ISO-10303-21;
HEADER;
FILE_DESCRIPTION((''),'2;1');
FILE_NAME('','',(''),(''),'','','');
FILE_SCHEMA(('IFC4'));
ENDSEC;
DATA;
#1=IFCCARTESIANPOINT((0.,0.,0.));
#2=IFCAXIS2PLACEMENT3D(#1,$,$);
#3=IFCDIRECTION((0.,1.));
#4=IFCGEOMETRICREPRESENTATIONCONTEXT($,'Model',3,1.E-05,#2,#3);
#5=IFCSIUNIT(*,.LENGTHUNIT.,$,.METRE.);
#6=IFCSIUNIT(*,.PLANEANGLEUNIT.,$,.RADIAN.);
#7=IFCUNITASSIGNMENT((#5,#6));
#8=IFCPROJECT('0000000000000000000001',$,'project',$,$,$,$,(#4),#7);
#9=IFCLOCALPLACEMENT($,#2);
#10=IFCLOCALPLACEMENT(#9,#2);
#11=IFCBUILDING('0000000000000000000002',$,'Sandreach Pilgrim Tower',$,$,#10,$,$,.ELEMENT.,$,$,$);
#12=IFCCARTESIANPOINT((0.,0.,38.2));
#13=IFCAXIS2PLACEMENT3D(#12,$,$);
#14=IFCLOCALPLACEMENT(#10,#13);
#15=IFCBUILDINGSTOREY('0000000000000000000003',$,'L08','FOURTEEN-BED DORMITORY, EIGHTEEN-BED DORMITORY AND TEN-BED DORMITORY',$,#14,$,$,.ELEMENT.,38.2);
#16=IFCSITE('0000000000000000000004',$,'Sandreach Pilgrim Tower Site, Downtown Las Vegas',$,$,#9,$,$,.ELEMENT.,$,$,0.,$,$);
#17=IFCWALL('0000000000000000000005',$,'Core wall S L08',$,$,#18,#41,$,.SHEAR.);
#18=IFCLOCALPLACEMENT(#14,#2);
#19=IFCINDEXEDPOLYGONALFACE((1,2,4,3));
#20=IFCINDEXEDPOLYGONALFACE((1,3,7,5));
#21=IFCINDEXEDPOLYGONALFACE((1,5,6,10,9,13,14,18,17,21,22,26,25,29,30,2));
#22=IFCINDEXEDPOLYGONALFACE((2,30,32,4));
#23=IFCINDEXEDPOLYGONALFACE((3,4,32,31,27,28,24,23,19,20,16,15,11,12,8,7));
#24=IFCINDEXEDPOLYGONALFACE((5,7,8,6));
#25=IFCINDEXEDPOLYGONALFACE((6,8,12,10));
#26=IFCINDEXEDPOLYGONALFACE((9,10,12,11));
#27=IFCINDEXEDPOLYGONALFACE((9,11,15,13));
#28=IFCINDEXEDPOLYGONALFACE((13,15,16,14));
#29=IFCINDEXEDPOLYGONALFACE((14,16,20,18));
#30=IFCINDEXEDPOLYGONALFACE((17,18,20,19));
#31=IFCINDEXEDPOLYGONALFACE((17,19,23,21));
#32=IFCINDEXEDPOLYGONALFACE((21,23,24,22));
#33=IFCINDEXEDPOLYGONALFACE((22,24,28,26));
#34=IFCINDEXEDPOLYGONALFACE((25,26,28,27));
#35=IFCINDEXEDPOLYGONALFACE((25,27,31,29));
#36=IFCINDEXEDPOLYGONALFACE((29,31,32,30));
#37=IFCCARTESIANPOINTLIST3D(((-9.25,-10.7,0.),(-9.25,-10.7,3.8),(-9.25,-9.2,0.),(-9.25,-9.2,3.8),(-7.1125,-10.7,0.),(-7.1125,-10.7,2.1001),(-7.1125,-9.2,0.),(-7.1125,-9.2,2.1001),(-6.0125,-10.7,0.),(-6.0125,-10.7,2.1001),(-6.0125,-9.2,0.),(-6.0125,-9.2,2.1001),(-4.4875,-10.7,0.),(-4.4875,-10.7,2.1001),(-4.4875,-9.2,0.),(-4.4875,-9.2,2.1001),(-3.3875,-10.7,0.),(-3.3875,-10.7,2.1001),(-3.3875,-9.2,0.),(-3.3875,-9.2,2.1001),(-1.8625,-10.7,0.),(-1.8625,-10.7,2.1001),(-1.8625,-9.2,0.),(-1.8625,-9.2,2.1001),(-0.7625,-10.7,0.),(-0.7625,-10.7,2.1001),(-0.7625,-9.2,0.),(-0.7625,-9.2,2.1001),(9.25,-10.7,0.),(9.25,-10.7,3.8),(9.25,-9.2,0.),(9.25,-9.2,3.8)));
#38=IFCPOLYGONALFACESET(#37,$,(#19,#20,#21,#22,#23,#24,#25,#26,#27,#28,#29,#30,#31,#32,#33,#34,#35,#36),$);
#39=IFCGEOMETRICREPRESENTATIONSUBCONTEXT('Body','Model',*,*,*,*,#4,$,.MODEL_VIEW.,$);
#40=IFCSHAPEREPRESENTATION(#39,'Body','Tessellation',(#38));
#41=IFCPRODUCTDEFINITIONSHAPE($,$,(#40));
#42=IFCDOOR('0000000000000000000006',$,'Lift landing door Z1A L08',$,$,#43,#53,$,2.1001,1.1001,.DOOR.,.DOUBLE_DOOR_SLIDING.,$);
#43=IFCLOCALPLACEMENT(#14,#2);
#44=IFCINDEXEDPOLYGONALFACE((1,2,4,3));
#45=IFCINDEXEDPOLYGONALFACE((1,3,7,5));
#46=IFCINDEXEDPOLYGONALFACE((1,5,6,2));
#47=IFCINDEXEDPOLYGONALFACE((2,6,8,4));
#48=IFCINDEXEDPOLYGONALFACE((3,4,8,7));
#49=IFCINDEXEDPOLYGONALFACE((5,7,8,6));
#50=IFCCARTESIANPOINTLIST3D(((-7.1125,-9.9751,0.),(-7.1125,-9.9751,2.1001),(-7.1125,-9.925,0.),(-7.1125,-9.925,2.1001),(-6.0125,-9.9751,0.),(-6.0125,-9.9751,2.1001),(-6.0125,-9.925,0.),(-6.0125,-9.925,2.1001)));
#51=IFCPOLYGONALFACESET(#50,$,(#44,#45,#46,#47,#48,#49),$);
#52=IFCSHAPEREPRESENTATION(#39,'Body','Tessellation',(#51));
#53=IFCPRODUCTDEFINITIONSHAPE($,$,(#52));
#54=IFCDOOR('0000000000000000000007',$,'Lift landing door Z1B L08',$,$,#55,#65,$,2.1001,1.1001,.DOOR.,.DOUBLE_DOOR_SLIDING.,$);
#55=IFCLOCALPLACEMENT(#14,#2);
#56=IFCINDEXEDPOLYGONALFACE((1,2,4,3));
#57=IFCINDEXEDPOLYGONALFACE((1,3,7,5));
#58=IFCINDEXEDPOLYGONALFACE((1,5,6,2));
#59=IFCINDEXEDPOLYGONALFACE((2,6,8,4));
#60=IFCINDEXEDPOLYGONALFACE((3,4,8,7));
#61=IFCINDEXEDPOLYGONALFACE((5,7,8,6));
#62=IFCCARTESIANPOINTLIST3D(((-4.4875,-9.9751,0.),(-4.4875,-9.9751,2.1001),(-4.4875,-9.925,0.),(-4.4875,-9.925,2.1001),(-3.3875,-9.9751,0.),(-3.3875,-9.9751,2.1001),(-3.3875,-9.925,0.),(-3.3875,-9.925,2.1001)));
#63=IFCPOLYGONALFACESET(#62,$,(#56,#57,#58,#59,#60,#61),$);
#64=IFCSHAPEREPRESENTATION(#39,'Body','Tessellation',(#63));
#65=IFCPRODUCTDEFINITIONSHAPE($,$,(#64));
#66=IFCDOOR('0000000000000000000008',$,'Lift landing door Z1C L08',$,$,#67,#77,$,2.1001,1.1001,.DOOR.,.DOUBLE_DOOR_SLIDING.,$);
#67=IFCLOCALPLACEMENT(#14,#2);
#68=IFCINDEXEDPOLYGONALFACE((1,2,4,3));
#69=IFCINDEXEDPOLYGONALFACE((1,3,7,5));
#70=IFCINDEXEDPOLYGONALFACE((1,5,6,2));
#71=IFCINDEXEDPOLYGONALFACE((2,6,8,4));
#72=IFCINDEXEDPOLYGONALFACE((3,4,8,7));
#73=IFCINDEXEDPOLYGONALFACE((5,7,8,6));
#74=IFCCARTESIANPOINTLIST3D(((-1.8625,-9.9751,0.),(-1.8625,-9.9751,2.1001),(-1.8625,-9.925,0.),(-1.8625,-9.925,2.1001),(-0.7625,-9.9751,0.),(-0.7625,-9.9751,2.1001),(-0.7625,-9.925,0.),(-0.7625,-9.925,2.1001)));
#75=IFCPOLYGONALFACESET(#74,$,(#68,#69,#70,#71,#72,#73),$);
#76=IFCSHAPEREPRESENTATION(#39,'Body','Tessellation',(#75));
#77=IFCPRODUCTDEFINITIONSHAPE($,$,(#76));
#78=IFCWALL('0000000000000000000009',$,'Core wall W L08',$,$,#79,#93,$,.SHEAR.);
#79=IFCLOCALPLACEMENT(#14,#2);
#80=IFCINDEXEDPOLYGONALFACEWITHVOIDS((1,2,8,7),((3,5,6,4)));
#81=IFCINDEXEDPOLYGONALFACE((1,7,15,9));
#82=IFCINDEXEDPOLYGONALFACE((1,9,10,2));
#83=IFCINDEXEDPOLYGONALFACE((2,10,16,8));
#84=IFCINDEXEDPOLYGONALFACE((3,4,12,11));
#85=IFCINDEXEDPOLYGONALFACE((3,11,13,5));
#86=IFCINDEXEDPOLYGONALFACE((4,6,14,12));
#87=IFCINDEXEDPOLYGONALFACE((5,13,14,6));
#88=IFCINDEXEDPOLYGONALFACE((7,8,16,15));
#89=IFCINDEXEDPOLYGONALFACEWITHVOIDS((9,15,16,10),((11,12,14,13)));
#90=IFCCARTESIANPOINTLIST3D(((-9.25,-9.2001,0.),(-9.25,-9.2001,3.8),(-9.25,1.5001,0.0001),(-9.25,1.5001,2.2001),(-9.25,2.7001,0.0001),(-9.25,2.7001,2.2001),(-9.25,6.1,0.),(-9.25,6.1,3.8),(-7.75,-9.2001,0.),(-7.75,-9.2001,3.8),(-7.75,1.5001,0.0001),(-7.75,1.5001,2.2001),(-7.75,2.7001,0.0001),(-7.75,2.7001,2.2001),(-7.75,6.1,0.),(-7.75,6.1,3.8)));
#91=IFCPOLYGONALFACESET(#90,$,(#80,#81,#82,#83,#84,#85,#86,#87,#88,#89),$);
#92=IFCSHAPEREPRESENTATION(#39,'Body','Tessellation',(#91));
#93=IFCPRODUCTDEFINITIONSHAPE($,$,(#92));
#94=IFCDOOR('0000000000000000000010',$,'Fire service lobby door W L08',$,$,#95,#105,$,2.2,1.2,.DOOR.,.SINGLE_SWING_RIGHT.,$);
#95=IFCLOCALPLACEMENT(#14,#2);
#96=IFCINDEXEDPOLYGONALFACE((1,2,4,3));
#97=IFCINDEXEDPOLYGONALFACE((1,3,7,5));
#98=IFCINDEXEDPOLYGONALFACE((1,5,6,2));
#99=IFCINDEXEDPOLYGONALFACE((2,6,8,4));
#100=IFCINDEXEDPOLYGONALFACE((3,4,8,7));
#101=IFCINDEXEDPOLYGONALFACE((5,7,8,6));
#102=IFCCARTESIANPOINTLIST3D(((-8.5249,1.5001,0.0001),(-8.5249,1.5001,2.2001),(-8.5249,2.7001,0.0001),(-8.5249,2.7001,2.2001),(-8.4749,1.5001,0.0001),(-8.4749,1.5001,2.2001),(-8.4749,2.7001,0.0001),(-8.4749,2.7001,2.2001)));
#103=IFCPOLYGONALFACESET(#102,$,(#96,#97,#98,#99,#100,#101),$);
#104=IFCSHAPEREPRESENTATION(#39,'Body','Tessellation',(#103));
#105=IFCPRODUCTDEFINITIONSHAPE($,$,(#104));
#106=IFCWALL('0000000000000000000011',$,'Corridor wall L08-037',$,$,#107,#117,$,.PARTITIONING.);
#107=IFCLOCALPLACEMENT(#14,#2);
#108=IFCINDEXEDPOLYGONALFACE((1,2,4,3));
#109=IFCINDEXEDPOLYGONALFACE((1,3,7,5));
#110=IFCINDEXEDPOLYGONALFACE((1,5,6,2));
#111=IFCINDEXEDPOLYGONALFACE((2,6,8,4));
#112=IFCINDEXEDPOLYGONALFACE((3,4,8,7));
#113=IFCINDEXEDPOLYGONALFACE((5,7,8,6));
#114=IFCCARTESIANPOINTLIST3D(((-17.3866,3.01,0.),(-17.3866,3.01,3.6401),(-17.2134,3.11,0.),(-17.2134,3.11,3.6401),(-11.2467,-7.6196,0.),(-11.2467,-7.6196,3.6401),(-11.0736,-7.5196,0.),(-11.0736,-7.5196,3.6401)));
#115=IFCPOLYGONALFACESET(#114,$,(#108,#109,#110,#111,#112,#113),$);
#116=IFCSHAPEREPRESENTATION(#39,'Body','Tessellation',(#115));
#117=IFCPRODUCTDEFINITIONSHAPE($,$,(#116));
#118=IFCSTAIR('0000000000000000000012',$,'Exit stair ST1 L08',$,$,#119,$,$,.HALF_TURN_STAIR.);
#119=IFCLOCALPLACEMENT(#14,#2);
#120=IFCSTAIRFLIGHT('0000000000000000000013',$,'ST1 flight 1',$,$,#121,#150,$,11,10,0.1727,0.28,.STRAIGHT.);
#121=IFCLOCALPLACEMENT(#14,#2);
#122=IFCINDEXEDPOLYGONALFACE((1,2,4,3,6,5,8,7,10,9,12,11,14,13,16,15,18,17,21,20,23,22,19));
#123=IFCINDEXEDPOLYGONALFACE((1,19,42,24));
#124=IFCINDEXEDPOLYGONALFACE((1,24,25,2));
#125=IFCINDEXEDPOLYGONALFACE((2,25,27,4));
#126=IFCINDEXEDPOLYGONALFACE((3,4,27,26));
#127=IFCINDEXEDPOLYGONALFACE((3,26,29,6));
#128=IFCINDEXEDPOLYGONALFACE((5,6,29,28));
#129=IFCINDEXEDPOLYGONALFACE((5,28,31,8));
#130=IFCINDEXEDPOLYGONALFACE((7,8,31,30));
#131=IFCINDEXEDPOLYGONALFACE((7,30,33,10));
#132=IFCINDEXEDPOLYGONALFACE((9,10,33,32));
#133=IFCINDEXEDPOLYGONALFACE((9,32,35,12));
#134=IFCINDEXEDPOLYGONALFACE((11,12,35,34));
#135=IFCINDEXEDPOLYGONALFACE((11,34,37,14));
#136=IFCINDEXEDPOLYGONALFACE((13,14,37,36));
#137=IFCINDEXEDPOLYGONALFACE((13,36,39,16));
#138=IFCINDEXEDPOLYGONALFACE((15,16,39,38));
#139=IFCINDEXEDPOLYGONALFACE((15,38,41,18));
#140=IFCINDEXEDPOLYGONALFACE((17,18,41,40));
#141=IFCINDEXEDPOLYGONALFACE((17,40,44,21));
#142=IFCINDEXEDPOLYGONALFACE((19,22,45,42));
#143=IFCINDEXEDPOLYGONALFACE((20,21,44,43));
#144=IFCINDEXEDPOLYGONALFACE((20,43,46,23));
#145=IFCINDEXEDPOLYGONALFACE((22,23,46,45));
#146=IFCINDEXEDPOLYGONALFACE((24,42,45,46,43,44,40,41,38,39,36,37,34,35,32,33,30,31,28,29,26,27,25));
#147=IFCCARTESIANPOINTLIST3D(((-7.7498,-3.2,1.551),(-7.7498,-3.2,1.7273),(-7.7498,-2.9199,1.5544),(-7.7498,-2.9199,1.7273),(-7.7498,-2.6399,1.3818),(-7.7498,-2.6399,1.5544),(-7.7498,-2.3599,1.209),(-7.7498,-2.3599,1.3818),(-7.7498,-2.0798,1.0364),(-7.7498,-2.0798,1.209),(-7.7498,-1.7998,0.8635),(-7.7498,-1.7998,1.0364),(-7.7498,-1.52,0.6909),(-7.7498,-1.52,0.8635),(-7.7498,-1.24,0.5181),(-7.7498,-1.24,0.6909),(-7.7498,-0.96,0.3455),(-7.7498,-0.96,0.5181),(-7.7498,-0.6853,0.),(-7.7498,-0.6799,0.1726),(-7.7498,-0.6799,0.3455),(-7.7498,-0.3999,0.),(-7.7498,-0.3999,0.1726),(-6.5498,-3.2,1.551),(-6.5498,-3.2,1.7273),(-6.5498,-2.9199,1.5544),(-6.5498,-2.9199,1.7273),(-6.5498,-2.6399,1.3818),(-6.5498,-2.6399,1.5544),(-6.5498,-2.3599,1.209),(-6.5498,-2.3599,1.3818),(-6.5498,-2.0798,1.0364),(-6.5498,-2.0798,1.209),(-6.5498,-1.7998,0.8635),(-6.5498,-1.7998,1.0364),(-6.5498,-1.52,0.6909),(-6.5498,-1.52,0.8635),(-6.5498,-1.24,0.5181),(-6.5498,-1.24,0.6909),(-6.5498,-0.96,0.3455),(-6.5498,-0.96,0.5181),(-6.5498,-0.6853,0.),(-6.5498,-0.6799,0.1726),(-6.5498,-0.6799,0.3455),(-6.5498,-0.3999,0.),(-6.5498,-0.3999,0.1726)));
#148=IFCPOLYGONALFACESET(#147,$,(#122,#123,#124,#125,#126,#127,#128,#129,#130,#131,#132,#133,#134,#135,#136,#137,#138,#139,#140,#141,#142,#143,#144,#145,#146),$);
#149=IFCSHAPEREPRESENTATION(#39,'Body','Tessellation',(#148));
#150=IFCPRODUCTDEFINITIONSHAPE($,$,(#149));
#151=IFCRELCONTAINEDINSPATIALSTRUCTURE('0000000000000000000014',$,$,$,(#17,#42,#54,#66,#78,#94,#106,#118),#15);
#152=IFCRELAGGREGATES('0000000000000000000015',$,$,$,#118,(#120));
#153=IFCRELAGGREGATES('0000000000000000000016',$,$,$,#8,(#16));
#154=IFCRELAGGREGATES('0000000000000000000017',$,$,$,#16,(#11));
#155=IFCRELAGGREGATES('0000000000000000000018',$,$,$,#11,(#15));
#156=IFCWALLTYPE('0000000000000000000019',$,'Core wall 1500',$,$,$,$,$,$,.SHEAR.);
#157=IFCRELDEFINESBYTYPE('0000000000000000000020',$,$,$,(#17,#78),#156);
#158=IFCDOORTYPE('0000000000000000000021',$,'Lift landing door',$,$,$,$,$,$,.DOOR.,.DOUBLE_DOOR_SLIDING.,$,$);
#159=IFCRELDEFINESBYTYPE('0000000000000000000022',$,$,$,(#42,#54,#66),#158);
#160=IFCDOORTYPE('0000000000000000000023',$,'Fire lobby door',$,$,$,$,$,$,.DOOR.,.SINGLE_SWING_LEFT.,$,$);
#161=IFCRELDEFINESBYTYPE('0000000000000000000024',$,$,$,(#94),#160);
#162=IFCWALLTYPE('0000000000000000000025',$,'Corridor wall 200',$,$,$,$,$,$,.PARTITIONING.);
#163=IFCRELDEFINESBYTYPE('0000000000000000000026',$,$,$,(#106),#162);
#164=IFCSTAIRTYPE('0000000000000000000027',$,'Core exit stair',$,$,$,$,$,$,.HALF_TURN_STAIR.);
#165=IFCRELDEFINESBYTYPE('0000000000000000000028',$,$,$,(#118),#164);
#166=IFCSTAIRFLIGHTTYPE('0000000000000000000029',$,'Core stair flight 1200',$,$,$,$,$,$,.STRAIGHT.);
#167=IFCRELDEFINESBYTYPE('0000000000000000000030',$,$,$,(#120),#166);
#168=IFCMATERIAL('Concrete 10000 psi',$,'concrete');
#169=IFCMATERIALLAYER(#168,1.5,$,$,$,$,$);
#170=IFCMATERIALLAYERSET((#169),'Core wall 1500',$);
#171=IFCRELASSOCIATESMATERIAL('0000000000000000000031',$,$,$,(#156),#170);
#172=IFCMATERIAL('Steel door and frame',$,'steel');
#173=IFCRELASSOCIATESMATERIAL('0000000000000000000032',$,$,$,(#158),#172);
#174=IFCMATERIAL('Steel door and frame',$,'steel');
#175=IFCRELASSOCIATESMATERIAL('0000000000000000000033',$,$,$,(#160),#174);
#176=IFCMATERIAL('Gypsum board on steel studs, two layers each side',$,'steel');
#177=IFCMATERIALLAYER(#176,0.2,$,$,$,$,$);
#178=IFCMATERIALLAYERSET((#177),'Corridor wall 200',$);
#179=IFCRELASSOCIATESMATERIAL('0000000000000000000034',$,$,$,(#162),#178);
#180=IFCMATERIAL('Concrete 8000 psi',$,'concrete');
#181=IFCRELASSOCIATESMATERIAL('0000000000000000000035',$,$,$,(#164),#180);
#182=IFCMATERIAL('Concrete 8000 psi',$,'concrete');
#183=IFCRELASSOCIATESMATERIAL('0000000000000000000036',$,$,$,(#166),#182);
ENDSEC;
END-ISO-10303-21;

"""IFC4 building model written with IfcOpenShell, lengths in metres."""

from ifc_helpers import new_model, si_unit, direction, frame, frame_2d, origin, place, context, subcontext, project, spatial, polyline, rectangle, outline, extrude, material, layer, layer_set, type_object, element, fill, aggregate, save


model = new_model("IFC4")

# Units and contexts
model_context = context("Model", 3, precision=1e-05, world=origin(), true_north=direction((0.0, 1.0)))
body_context = subcontext(model_context, "Body", "Model", "MODEL_VIEW")
ifc_project = project(units=[si_unit("LENGTHUNIT", "METRE"), si_unit("PLANEANGLEUNIT", "RADIAN")], contexts=[model_context])

# Site, building, storey
site_placement = place(None, origin())
site = spatial("IfcSite", under=ifc_project, at=site_placement, Name="Sandreach Pilgrim Tower Site, Downtown Las Vegas", CompositionType="ELEMENT", RefElevation=0.0)
building_placement = place(site_placement, origin())
building = spatial("IfcBuilding", under=site, at=building_placement, Name="Sandreach Pilgrim Tower", CompositionType="ELEMENT")
storey_placement = place(building_placement, frame((0.0, 0.0, 38.2)))
storey = spatial("IfcBuildingStorey", under=building, at=storey_placement, Name="L08", Description="FOURTEEN-BED DORMITORY, EIGHTEEN-BED DORMITORY AND TEN-BED DORMITORY", CompositionType="ELEMENT", Elevation=38.2)

# Wall, openings, doors
ifc_material_1 = material(Name="Concrete 10000 psi", Category="concrete")
ifc_layer_1 = layer(ifc_material_1, 1.5)
ifc_layer_set_1 = layer_set([ifc_layer_1], Name="Core wall 1500")
wall_type_1 = type_object("IfcWallType", Name="Core wall 1500", PredefinedType="SHEAR", material=ifc_layer_set_1)
wall_1_placement = place(storey_placement, frame((-9.25, -9.95, 0.0), z_axis=(0.0, 0.0, 1.0), x_axis=(1.0, 0.0, 0.0)))
wall_1 = element("IfcWall", 1, at=wall_1_placement, inside=storey, type_object=wall_type_1, Name="Core wall S L08", PredefinedType="SHEAR", context=body_context, shape_type="SweptSolid", body=[
    extrude(rectangle(XDim=18.5, YDim=1.5, at=frame_2d((9.25, 0.0))), origin(), (0.0, 0.0, 1.0), 3.8),
])
opening_1_placement = place(wall_1_placement, frame((2.1375, 0.0, 0.0)))
opening_1 = element("IfcOpeningElement", 2, at=opening_1_placement, cuts=wall_1, PredefinedType="OPENING", context=body_context, shape_type="SweptSolid", body=[
    extrude(rectangle(XDim=1.1001, YDim=2.1001, at=frame_2d((0.55, 1.05))), frame((0.0, 0.75, 0.0), z_axis=(0.0, -1.0, 0.0), x_axis=(1.0, 0.0, 0.0)), (0.0, 0.0, 1.0), 1.5),
])
opening_2_placement = place(wall_1_placement, frame((4.7625, 0.0, 0.0)))
opening_2 = element("IfcOpeningElement", 3, at=opening_2_placement, cuts=wall_1, PredefinedType="OPENING", context=body_context, shape_type="SweptSolid", body=[
    extrude(rectangle(XDim=1.1001, YDim=2.1001, at=frame_2d((0.55, 1.05))), frame((0.0, 0.75, 0.0), z_axis=(0.0, -1.0, 0.0), x_axis=(1.0, 0.0, 0.0)), (0.0, 0.0, 1.0), 1.5),
])
opening_3_placement = place(wall_1_placement, frame((7.3875, 0.0, 0.0)))
opening_3 = element("IfcOpeningElement", 4, at=opening_3_placement, cuts=wall_1, PredefinedType="OPENING", context=body_context, shape_type="SweptSolid", body=[
    extrude(rectangle(XDim=1.1001, YDim=2.1001, at=frame_2d((0.55, 1.05))), frame((0.0, 0.75, 0.0), z_axis=(0.0, -1.0, 0.0), x_axis=(1.0, 0.0, 0.0)), (0.0, 0.0, 1.0), 1.5),
])
ifc_material_2 = material(Name="Steel door and frame", Category="steel")
door_type_1 = type_object("IfcDoorType", Name="Lift landing door", OperationType="DOUBLE_DOOR_SLIDING", PredefinedType="DOOR", material=ifc_material_2)
door_1_placement = place(opening_1_placement, origin())
door_1 = element("IfcDoor", 5, at=door_1_placement, inside=storey, type_object=door_type_1, Name="Lift landing door Z1A L08", OperationType="DOUBLE_DOOR_SLIDING", OverallHeight=2.1001, OverallWidth=1.1001, PredefinedType="DOOR", context=body_context, shape_type="SweptSolid", body=[
    extrude(rectangle(XDim=1.1001, YDim=2.1001, at=frame_2d((0.55, 1.05))), frame((0.0, 0.0249, 0.0), z_axis=(0.0, -1.0, 0.0), x_axis=(1.0, 0.0, 0.0)), (0.0, 0.0, 1.0), 0.05),
])
fill(opening_1, door_1)
door_2_placement = place(opening_2_placement, origin())
door_2 = element("IfcDoor", 6, at=door_2_placement, inside=storey, type_object=door_type_1, Name="Lift landing door Z1B L08", OperationType="DOUBLE_DOOR_SLIDING", OverallHeight=2.1001, OverallWidth=1.1001, PredefinedType="DOOR", context=body_context, shape_type="SweptSolid", body=[
    extrude(rectangle(XDim=1.1001, YDim=2.1001, at=frame_2d((0.55, 1.05))), frame((0.0, 0.0249, 0.0), z_axis=(0.0, -1.0, 0.0), x_axis=(1.0, 0.0, 0.0)), (0.0, 0.0, 1.0), 0.05),
])
fill(opening_2, door_2)
door_3_placement = place(opening_3_placement, origin())
door_3 = element("IfcDoor", 7, at=door_3_placement, inside=storey, type_object=door_type_1, Name="Lift landing door Z1C L08", OperationType="DOUBLE_DOOR_SLIDING", OverallHeight=2.1001, OverallWidth=1.1001, PredefinedType="DOOR", context=body_context, shape_type="SweptSolid", body=[
    extrude(rectangle(XDim=1.1001, YDim=2.1001, at=frame_2d((0.55, 1.05))), frame((0.0, 0.0249, 0.0), z_axis=(0.0, -1.0, 0.0), x_axis=(1.0, 0.0, 0.0)), (0.0, 0.0, 1.0), 0.05),
])
fill(opening_3, door_3)

# Wall, opening, door
wall_2_placement = place(storey_placement, frame((-8.5, -9.2, 0.0), z_axis=(0.0, 0.0, 1.0), x_axis=(0.0, 1.0, 0.0)))
wall_2 = element("IfcWall", 8, at=wall_2_placement, inside=storey, type_object=wall_type_1, Name="Core wall W L08", PredefinedType="SHEAR", context=body_context, shape_type="SweptSolid", body=[
    extrude(rectangle(XDim=15.3, YDim=1.5, at=frame_2d((7.6499, 0.0))), origin(), (0.0, 0.0, 1.0), 3.8),
])
opening_4_placement = place(wall_2_placement, frame((10.7, 0.0, 0.0)))
opening_4 = element("IfcOpeningElement", 9, at=opening_4_placement, cuts=wall_2, PredefinedType="OPENING", context=body_context, shape_type="SweptSolid", body=[
    extrude(rectangle(XDim=1.2, YDim=2.2, at=frame_2d((0.6001, 1.1001))), frame((0.0, 0.75, 0.0), z_axis=(0.0, -1.0, 0.0), x_axis=(1.0, 0.0, 0.0)), (0.0, 0.0, 1.0), 1.5),
])
ifc_material_3 = material(Name="Steel door and frame", Category="steel")
door_type_2 = type_object("IfcDoorType", Name="Fire lobby door", OperationType="SINGLE_SWING_LEFT", PredefinedType="DOOR", material=ifc_material_3)
door_4_placement = place(opening_4_placement, origin())
door_4 = element("IfcDoor", 10, at=door_4_placement, inside=storey, type_object=door_type_2, Name="Fire service lobby door W L08", OperationType="SINGLE_SWING_RIGHT", OverallHeight=2.2, OverallWidth=1.2, PredefinedType="DOOR", context=body_context, shape_type="SweptSolid", body=[
    extrude(rectangle(XDim=1.2, YDim=2.2, at=frame_2d((0.6001, 1.1001))), frame((0.0, 0.0249, 0.0), z_axis=(0.0, -1.0, 0.0), x_axis=(1.0, 0.0, 0.0)), (0.0, 0.0, 1.0), 0.05),
])
fill(opening_4, door_4)
ifc_material_4 = material(Name="Gypsum board on steel studs, two layers each side", Category="steel")
ifc_layer_2 = layer(ifc_material_4, 0.2)
ifc_layer_set_2 = layer_set([ifc_layer_2], Name="Corridor wall 200")
wall_type_2 = type_object("IfcWallType", Name="Corridor wall 200", PredefinedType="PARTITIONING", material=ifc_layer_set_2)

# Wall
wall_3_placement = place(storey_placement, frame((-11.1602, -7.5696, 0.0), z_axis=(0.0, 0.0, 1.0), x_axis=(-0.500175, 0.865924, 0.0)))
element("IfcWall", 11, at=wall_3_placement, inside=storey, type_object=wall_type_2, Name="Corridor wall L08-037", PredefinedType="PARTITIONING", context=body_context, shape_type="SweptSolid", body=[
    extrude(rectangle(XDim=12.2754, YDim=0.2, at=frame_2d((6.1377, 0.0))), origin(), (0.0, 0.0, 1.0), 3.6401),
])

# Stair, stair flight
ifc_material_5 = material(Name="Concrete 8000 psi", Category="concrete")
stair_type = type_object("IfcStairType", Name="Core exit stair", PredefinedType="HALF_TURN_STAIR", material=ifc_material_5)
stair_placement = place(storey_placement, origin())
stair = element("IfcStair", 12, at=stair_placement, inside=storey, type_object=stair_type, Name="Exit stair ST1 L08", PredefinedType="HALF_TURN_STAIR")
ifc_material_6 = material(Name="Concrete 8000 psi", Category="concrete")
stair_flight_type = type_object("IfcStairFlightType", Name="Core stair flight 1200", PredefinedType="STRAIGHT", material=ifc_material_6)
stair_flight_placement = place(storey_placement, frame((-7.1499, -0.3999, 0.0), z_axis=(0.0, 0.0, 1.0), x_axis=(0.0, -1.0, 0.0)))
stair_flight = element("IfcStairFlight", 13, at=stair_flight_placement, type_object=stair_flight_type, Name="ST1 flight 1", NumberOfRisers=11, NumberOfTreads=10, PredefinedType="STRAIGHT", RiserHeight=0.1727, TreadLength=0.28, context=body_context, shape_type="SweptSolid", body=[
    extrude(outline(polyline([(0.0, 0.0), (0.0, 0.1726), (0.28, 0.1726), (0.28, 0.3455), (0.5601, 0.3455), (0.5601, 0.5181), (0.8401, 0.5181), (0.8401, 0.6909), (1.1201, 0.6909), (1.1201, 0.8635), (1.3999, 0.8635), (1.3999, 1.0364), (1.6799, 1.0364), (1.6799, 1.209), (1.96, 1.209), (1.96, 1.3818), (2.24, 1.3818), (2.24, 1.5544), (2.52, 1.5544), (2.52, 1.7273), (2.8, 1.7273), (2.8, 1.8999), (2.8, 1.551), (0.2854, 0.0), (0.0, 0.0)])), frame((0.0, 0.6001, 0.0), z_axis=(0.0, -1.0, 0.0), x_axis=(1.0, 0.0, 0.0)), (0.0, 0.0, 1.0), 1.2),
])
aggregate(stair, [stair_flight])

save(model, "model.ifc")
